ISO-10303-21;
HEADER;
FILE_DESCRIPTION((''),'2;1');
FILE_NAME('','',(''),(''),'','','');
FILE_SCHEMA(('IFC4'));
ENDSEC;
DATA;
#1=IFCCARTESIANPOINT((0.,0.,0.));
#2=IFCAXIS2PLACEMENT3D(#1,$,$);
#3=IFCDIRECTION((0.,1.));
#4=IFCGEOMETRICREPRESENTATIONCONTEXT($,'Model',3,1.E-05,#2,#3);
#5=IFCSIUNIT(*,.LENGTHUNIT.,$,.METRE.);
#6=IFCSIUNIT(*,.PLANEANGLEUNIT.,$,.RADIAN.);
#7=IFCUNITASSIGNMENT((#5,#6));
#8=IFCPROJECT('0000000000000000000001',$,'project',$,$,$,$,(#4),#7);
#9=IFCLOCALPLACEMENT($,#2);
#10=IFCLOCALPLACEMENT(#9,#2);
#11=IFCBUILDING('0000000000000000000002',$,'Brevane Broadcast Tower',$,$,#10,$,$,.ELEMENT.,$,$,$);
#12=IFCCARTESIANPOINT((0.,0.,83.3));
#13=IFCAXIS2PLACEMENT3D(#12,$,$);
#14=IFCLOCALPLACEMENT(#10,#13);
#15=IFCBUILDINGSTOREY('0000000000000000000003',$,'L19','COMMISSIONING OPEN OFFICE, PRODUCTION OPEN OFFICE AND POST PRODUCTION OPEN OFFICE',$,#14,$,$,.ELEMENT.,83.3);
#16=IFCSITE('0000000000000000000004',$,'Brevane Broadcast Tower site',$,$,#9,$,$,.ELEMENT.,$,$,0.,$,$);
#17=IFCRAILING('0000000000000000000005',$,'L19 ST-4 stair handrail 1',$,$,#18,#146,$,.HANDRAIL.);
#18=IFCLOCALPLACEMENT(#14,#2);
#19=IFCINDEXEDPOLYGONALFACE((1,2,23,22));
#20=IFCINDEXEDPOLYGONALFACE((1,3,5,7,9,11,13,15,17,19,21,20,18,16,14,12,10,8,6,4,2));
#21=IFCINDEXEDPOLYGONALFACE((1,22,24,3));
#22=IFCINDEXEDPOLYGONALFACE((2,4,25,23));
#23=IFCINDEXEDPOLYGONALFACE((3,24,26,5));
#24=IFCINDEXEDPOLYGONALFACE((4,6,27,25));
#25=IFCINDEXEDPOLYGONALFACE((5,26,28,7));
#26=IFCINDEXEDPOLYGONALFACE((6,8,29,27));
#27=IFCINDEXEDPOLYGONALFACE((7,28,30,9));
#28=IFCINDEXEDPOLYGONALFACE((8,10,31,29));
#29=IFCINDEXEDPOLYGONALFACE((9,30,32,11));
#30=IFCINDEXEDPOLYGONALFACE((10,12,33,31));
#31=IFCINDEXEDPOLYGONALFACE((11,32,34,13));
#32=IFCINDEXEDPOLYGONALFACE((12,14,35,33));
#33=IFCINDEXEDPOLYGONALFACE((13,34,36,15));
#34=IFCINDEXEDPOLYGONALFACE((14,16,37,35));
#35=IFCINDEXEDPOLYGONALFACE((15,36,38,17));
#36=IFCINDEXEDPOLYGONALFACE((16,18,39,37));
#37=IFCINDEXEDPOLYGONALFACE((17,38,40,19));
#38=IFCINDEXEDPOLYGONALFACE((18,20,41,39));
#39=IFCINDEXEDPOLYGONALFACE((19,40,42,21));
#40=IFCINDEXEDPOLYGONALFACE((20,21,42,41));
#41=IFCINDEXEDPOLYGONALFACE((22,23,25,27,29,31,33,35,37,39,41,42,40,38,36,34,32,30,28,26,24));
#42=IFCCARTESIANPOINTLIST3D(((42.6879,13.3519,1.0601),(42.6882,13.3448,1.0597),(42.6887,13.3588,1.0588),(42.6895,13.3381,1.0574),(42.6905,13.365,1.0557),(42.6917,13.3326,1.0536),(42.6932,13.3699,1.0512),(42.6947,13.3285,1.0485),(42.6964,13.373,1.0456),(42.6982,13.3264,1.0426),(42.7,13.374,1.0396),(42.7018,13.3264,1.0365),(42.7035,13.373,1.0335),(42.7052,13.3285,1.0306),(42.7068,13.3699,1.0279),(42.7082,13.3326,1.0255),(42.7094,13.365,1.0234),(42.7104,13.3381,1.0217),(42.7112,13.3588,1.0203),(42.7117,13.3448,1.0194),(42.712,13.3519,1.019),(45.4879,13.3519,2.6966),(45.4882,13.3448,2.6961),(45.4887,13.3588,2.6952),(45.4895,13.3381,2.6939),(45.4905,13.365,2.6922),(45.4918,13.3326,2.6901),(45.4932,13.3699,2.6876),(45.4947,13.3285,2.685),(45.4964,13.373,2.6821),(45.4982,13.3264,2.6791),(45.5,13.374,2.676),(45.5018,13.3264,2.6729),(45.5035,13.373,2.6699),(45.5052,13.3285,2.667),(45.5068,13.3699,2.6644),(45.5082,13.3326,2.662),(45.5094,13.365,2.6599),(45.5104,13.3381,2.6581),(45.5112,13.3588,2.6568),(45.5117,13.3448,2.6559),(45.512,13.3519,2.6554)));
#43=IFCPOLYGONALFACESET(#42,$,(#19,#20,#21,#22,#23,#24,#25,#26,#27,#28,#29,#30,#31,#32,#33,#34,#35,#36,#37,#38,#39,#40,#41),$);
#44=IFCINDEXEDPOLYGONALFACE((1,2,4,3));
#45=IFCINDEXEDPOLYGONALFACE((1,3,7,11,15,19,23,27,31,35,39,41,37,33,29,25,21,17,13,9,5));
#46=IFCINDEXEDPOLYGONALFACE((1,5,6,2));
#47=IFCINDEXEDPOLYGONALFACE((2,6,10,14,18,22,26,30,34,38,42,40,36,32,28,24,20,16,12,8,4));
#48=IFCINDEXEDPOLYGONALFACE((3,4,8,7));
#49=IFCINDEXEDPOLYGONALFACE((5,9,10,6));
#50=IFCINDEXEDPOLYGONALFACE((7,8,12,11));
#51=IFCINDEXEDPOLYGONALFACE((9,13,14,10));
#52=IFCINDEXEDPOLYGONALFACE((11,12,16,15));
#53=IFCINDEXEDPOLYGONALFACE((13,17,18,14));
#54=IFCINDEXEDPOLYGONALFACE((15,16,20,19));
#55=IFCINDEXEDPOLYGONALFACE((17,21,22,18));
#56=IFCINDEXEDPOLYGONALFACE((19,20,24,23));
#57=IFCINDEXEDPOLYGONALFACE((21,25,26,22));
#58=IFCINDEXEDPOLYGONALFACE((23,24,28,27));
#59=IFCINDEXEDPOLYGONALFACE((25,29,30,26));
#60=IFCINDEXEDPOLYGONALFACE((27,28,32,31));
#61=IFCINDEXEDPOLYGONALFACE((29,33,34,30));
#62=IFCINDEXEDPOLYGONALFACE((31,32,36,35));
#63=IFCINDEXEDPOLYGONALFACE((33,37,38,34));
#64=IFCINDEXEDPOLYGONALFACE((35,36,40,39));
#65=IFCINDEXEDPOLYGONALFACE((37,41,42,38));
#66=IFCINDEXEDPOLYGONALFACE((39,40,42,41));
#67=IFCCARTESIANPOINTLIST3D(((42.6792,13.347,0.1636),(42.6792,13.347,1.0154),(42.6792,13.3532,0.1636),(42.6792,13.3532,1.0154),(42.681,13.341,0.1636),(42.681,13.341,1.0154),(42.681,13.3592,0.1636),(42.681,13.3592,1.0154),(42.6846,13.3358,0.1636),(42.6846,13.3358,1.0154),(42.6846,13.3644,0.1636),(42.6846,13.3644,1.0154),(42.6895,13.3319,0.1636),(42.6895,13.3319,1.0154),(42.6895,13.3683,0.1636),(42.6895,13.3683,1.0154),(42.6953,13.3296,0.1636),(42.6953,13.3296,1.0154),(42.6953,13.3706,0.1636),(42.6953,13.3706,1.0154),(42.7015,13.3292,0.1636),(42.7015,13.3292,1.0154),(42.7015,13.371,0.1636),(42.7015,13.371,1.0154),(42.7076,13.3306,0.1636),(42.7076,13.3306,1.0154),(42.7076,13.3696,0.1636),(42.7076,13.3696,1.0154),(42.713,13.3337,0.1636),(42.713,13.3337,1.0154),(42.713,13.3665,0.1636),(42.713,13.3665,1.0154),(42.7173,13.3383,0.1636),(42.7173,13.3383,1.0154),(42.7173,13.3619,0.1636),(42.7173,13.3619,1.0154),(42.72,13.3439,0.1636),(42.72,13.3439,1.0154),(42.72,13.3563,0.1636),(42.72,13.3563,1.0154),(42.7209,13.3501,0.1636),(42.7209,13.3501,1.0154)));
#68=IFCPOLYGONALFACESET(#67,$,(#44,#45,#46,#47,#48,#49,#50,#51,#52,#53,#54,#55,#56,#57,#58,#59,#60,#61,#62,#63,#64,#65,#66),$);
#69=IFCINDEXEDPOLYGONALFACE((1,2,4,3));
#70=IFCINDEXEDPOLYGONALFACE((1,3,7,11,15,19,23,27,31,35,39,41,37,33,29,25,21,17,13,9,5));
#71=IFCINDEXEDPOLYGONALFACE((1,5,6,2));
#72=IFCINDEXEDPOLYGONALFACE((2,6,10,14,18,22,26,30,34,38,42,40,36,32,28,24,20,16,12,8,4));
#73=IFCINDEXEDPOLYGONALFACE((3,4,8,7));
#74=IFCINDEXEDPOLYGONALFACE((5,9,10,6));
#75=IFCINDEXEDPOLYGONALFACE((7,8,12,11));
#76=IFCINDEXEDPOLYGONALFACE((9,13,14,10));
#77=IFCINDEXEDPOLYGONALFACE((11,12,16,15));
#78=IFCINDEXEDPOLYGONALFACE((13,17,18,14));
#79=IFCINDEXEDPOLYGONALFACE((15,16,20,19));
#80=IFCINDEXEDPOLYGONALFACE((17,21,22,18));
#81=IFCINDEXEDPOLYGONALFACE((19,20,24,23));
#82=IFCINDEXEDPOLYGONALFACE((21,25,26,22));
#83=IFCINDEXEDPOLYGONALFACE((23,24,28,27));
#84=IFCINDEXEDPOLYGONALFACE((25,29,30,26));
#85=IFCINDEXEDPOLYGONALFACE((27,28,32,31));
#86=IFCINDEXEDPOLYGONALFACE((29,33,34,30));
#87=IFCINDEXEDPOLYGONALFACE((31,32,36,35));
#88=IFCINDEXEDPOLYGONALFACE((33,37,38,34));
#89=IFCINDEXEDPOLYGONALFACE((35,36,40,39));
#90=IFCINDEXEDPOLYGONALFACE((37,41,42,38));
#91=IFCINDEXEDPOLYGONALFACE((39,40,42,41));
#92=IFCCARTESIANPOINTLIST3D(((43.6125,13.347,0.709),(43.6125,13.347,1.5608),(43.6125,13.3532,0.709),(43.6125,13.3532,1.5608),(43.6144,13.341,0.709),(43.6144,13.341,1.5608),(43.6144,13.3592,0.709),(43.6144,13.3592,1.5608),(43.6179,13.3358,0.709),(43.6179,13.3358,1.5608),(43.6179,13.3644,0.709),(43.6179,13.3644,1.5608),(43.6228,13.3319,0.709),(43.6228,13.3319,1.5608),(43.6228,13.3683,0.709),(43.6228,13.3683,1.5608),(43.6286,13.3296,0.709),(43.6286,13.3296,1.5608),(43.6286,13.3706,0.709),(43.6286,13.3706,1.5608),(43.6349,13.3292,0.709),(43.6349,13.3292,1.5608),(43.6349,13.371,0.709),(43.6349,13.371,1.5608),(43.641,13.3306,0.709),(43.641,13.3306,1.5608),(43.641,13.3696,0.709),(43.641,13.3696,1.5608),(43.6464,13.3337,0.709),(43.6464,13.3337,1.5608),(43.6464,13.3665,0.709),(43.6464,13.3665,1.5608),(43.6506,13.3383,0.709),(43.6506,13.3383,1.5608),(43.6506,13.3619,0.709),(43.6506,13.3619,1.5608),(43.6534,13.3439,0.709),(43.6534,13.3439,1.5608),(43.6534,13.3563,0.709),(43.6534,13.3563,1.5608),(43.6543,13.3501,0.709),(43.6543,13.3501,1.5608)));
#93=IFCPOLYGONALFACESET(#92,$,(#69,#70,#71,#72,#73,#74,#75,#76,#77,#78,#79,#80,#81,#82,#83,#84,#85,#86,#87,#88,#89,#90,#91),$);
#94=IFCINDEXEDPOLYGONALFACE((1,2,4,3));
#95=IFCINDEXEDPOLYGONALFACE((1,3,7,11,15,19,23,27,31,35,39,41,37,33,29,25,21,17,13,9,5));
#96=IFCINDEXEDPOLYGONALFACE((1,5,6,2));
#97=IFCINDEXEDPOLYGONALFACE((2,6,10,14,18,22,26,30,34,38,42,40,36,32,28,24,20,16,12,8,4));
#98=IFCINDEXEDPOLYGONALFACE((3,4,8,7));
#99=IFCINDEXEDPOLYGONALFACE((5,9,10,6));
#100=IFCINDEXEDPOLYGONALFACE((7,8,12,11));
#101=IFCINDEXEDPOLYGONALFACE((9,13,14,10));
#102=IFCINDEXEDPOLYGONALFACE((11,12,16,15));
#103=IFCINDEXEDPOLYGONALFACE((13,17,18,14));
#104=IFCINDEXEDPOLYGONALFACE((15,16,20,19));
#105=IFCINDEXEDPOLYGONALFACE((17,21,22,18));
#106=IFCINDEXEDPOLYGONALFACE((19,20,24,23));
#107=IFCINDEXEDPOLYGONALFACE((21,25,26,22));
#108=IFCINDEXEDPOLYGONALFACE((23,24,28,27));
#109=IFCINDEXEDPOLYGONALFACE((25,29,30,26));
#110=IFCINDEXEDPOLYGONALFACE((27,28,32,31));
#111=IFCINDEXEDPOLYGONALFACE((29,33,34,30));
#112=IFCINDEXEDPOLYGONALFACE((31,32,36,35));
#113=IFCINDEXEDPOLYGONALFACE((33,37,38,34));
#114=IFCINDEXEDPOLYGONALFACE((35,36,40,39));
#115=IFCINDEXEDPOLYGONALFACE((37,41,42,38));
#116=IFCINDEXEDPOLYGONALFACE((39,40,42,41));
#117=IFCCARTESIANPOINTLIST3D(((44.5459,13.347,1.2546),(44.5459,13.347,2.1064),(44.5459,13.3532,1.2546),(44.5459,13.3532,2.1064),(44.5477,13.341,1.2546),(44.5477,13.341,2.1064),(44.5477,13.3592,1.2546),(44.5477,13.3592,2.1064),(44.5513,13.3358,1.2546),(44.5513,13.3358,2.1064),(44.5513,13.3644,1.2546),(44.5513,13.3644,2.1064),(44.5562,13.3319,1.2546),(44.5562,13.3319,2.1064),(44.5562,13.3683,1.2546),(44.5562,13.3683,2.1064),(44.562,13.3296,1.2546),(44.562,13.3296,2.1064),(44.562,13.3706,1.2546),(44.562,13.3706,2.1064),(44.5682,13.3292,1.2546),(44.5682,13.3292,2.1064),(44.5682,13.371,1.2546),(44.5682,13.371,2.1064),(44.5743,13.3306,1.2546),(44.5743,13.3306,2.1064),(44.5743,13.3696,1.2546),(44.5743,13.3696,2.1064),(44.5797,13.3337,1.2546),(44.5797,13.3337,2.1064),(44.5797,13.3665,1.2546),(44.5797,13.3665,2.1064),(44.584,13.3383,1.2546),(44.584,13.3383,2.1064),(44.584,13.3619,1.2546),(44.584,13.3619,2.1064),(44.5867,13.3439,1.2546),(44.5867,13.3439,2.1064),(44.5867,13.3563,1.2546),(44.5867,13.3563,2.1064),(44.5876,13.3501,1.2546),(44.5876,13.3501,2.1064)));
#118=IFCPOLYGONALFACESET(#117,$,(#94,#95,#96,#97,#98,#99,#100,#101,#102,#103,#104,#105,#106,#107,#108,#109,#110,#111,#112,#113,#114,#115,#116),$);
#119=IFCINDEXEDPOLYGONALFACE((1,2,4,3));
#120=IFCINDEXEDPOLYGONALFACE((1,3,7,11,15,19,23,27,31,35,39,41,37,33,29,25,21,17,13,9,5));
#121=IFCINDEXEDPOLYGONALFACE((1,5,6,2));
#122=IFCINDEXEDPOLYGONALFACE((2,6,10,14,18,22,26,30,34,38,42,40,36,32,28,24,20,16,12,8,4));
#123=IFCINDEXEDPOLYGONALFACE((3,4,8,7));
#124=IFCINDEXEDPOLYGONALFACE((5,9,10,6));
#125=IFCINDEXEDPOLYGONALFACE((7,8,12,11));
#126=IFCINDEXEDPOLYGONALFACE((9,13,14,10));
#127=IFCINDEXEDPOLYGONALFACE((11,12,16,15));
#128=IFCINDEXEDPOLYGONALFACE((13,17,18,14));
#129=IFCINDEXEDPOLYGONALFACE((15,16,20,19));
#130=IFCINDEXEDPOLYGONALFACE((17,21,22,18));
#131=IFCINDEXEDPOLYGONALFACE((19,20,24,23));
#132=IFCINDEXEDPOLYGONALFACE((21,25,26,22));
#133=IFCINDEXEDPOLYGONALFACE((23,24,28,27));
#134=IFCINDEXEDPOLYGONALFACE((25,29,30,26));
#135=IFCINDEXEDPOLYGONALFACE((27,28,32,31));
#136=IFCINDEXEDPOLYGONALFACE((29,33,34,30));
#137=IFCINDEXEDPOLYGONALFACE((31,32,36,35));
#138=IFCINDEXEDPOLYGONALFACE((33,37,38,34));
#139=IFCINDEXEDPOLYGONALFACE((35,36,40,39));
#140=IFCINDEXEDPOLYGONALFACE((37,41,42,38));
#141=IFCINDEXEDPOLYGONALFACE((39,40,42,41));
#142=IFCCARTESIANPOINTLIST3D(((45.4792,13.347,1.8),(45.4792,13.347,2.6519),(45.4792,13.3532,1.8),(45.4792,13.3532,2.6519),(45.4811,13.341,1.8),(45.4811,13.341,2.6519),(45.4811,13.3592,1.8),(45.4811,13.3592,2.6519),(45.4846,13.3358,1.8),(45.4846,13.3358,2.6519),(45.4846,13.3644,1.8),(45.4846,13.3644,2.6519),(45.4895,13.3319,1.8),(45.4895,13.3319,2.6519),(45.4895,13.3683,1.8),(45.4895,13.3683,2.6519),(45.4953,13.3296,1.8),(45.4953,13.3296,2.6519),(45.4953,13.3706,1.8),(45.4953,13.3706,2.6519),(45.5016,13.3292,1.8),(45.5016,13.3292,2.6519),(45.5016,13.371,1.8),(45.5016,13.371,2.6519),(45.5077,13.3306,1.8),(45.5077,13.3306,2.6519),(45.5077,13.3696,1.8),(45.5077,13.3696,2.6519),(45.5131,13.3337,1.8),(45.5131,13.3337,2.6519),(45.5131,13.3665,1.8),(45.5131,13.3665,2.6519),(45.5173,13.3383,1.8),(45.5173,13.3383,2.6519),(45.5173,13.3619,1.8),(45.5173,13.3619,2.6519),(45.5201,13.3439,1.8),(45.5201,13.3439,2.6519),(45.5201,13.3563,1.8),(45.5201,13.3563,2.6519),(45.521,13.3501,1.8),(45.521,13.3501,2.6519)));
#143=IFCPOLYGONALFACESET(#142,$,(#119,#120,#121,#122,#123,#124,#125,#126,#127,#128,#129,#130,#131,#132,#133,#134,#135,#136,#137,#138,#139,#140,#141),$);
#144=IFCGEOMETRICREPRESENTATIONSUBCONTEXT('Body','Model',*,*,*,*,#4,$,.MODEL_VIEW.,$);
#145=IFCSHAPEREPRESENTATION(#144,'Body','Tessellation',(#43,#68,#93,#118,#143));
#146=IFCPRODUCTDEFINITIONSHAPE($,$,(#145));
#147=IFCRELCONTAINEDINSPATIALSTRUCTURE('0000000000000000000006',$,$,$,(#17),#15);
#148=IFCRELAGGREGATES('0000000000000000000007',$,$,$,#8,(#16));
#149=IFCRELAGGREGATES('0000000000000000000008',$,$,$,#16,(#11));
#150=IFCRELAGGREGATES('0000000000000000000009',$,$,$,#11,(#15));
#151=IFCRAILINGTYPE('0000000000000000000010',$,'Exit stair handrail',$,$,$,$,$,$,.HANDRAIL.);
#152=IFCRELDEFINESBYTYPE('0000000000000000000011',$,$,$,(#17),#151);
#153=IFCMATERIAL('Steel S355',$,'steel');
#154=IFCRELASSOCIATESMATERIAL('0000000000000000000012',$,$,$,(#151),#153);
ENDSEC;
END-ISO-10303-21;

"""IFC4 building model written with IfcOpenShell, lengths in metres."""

from ifc_helpers import new_model, si_unit, direction, frame, origin, origin_2d, place, context, subcontext, project, spatial, circle, extrude, material, type_object, element, save


model = new_model("IFC4")

# Units and contexts
model_context = context("Model", 3, precision=1e-05, world=origin(), true_north=direction((0.0, 1.0)))
body_context = subcontext(model_context, "Body", "Model", "MODEL_VIEW")
ifc_project = project(units=[si_unit("LENGTHUNIT", "METRE"), si_unit("PLANEANGLEUNIT", "RADIAN")], contexts=[model_context])

# Site, building, storey
site_placement = place(None, origin())
site = spatial("IfcSite", under=ifc_project, at=site_placement, Name="Brevane Broadcast Tower site", CompositionType="ELEMENT", RefElevation=0.0)
building_placement = place(site_placement, origin())
building = spatial("IfcBuilding", under=site, at=building_placement, Name="Brevane Broadcast Tower", CompositionType="ELEMENT")
storey_placement = place(building_placement, frame((0.0, 0.0, 83.3)))
storey = spatial("IfcBuildingStorey", under=building, at=storey_placement, Name="L19", Description="COMMISSIONING OPEN OFFICE, PRODUCTION OPEN OFFICE AND POST PRODUCTION OPEN OFFICE", CompositionType="ELEMENT", Elevation=83.3)

# Railing
ifc_material_1 = material(Name="Steel S355", Category="steel")
railing_type_1 = type_object("IfcRailingType", Name="Exit stair handrail", PredefinedType="HANDRAIL", material=ifc_material_1)
railing_1_placement = place(storey_placement, frame((42.7, 13.3501, 0.1636)))
element("IfcRailing", 1, at=railing_1_placement, inside=storey, type_object=railing_type_1, Name="L19 ST-4 stair handrail 1", PredefinedType="HANDRAIL", context=body_context, shape_type="SweptSolid", body=[
    extrude(circle(Radius=0.0239, at=origin_2d()), frame((0.0, 0.0, 0.876), z_axis=(0.863361, 0.0, 0.504587), x_axis=(0.0, 1.0, 0.0)), (0.0, 0.0, 1.0), 3.2432),
    extrude(circle(Radius=0.021, at=origin_2d()), origin(), (0.0, 0.0, 1.0), 0.8518),
    extrude(circle(Radius=0.021, at=origin_2d()), frame((0.9333, 0.0, 0.5454)), (0.0, 0.0, 1.0), 0.8518),
    extrude(circle(Radius=0.021, at=origin_2d()), frame((1.8667, 0.0, 1.0911)), (0.0, 0.0, 1.0), 0.8518),
    extrude(circle(Radius=0.021, at=origin_2d()), frame((2.8, 0.0, 1.6365)), (0.0, 0.0, 1.0), 0.8518),
])

save(model, "model.ifc")
